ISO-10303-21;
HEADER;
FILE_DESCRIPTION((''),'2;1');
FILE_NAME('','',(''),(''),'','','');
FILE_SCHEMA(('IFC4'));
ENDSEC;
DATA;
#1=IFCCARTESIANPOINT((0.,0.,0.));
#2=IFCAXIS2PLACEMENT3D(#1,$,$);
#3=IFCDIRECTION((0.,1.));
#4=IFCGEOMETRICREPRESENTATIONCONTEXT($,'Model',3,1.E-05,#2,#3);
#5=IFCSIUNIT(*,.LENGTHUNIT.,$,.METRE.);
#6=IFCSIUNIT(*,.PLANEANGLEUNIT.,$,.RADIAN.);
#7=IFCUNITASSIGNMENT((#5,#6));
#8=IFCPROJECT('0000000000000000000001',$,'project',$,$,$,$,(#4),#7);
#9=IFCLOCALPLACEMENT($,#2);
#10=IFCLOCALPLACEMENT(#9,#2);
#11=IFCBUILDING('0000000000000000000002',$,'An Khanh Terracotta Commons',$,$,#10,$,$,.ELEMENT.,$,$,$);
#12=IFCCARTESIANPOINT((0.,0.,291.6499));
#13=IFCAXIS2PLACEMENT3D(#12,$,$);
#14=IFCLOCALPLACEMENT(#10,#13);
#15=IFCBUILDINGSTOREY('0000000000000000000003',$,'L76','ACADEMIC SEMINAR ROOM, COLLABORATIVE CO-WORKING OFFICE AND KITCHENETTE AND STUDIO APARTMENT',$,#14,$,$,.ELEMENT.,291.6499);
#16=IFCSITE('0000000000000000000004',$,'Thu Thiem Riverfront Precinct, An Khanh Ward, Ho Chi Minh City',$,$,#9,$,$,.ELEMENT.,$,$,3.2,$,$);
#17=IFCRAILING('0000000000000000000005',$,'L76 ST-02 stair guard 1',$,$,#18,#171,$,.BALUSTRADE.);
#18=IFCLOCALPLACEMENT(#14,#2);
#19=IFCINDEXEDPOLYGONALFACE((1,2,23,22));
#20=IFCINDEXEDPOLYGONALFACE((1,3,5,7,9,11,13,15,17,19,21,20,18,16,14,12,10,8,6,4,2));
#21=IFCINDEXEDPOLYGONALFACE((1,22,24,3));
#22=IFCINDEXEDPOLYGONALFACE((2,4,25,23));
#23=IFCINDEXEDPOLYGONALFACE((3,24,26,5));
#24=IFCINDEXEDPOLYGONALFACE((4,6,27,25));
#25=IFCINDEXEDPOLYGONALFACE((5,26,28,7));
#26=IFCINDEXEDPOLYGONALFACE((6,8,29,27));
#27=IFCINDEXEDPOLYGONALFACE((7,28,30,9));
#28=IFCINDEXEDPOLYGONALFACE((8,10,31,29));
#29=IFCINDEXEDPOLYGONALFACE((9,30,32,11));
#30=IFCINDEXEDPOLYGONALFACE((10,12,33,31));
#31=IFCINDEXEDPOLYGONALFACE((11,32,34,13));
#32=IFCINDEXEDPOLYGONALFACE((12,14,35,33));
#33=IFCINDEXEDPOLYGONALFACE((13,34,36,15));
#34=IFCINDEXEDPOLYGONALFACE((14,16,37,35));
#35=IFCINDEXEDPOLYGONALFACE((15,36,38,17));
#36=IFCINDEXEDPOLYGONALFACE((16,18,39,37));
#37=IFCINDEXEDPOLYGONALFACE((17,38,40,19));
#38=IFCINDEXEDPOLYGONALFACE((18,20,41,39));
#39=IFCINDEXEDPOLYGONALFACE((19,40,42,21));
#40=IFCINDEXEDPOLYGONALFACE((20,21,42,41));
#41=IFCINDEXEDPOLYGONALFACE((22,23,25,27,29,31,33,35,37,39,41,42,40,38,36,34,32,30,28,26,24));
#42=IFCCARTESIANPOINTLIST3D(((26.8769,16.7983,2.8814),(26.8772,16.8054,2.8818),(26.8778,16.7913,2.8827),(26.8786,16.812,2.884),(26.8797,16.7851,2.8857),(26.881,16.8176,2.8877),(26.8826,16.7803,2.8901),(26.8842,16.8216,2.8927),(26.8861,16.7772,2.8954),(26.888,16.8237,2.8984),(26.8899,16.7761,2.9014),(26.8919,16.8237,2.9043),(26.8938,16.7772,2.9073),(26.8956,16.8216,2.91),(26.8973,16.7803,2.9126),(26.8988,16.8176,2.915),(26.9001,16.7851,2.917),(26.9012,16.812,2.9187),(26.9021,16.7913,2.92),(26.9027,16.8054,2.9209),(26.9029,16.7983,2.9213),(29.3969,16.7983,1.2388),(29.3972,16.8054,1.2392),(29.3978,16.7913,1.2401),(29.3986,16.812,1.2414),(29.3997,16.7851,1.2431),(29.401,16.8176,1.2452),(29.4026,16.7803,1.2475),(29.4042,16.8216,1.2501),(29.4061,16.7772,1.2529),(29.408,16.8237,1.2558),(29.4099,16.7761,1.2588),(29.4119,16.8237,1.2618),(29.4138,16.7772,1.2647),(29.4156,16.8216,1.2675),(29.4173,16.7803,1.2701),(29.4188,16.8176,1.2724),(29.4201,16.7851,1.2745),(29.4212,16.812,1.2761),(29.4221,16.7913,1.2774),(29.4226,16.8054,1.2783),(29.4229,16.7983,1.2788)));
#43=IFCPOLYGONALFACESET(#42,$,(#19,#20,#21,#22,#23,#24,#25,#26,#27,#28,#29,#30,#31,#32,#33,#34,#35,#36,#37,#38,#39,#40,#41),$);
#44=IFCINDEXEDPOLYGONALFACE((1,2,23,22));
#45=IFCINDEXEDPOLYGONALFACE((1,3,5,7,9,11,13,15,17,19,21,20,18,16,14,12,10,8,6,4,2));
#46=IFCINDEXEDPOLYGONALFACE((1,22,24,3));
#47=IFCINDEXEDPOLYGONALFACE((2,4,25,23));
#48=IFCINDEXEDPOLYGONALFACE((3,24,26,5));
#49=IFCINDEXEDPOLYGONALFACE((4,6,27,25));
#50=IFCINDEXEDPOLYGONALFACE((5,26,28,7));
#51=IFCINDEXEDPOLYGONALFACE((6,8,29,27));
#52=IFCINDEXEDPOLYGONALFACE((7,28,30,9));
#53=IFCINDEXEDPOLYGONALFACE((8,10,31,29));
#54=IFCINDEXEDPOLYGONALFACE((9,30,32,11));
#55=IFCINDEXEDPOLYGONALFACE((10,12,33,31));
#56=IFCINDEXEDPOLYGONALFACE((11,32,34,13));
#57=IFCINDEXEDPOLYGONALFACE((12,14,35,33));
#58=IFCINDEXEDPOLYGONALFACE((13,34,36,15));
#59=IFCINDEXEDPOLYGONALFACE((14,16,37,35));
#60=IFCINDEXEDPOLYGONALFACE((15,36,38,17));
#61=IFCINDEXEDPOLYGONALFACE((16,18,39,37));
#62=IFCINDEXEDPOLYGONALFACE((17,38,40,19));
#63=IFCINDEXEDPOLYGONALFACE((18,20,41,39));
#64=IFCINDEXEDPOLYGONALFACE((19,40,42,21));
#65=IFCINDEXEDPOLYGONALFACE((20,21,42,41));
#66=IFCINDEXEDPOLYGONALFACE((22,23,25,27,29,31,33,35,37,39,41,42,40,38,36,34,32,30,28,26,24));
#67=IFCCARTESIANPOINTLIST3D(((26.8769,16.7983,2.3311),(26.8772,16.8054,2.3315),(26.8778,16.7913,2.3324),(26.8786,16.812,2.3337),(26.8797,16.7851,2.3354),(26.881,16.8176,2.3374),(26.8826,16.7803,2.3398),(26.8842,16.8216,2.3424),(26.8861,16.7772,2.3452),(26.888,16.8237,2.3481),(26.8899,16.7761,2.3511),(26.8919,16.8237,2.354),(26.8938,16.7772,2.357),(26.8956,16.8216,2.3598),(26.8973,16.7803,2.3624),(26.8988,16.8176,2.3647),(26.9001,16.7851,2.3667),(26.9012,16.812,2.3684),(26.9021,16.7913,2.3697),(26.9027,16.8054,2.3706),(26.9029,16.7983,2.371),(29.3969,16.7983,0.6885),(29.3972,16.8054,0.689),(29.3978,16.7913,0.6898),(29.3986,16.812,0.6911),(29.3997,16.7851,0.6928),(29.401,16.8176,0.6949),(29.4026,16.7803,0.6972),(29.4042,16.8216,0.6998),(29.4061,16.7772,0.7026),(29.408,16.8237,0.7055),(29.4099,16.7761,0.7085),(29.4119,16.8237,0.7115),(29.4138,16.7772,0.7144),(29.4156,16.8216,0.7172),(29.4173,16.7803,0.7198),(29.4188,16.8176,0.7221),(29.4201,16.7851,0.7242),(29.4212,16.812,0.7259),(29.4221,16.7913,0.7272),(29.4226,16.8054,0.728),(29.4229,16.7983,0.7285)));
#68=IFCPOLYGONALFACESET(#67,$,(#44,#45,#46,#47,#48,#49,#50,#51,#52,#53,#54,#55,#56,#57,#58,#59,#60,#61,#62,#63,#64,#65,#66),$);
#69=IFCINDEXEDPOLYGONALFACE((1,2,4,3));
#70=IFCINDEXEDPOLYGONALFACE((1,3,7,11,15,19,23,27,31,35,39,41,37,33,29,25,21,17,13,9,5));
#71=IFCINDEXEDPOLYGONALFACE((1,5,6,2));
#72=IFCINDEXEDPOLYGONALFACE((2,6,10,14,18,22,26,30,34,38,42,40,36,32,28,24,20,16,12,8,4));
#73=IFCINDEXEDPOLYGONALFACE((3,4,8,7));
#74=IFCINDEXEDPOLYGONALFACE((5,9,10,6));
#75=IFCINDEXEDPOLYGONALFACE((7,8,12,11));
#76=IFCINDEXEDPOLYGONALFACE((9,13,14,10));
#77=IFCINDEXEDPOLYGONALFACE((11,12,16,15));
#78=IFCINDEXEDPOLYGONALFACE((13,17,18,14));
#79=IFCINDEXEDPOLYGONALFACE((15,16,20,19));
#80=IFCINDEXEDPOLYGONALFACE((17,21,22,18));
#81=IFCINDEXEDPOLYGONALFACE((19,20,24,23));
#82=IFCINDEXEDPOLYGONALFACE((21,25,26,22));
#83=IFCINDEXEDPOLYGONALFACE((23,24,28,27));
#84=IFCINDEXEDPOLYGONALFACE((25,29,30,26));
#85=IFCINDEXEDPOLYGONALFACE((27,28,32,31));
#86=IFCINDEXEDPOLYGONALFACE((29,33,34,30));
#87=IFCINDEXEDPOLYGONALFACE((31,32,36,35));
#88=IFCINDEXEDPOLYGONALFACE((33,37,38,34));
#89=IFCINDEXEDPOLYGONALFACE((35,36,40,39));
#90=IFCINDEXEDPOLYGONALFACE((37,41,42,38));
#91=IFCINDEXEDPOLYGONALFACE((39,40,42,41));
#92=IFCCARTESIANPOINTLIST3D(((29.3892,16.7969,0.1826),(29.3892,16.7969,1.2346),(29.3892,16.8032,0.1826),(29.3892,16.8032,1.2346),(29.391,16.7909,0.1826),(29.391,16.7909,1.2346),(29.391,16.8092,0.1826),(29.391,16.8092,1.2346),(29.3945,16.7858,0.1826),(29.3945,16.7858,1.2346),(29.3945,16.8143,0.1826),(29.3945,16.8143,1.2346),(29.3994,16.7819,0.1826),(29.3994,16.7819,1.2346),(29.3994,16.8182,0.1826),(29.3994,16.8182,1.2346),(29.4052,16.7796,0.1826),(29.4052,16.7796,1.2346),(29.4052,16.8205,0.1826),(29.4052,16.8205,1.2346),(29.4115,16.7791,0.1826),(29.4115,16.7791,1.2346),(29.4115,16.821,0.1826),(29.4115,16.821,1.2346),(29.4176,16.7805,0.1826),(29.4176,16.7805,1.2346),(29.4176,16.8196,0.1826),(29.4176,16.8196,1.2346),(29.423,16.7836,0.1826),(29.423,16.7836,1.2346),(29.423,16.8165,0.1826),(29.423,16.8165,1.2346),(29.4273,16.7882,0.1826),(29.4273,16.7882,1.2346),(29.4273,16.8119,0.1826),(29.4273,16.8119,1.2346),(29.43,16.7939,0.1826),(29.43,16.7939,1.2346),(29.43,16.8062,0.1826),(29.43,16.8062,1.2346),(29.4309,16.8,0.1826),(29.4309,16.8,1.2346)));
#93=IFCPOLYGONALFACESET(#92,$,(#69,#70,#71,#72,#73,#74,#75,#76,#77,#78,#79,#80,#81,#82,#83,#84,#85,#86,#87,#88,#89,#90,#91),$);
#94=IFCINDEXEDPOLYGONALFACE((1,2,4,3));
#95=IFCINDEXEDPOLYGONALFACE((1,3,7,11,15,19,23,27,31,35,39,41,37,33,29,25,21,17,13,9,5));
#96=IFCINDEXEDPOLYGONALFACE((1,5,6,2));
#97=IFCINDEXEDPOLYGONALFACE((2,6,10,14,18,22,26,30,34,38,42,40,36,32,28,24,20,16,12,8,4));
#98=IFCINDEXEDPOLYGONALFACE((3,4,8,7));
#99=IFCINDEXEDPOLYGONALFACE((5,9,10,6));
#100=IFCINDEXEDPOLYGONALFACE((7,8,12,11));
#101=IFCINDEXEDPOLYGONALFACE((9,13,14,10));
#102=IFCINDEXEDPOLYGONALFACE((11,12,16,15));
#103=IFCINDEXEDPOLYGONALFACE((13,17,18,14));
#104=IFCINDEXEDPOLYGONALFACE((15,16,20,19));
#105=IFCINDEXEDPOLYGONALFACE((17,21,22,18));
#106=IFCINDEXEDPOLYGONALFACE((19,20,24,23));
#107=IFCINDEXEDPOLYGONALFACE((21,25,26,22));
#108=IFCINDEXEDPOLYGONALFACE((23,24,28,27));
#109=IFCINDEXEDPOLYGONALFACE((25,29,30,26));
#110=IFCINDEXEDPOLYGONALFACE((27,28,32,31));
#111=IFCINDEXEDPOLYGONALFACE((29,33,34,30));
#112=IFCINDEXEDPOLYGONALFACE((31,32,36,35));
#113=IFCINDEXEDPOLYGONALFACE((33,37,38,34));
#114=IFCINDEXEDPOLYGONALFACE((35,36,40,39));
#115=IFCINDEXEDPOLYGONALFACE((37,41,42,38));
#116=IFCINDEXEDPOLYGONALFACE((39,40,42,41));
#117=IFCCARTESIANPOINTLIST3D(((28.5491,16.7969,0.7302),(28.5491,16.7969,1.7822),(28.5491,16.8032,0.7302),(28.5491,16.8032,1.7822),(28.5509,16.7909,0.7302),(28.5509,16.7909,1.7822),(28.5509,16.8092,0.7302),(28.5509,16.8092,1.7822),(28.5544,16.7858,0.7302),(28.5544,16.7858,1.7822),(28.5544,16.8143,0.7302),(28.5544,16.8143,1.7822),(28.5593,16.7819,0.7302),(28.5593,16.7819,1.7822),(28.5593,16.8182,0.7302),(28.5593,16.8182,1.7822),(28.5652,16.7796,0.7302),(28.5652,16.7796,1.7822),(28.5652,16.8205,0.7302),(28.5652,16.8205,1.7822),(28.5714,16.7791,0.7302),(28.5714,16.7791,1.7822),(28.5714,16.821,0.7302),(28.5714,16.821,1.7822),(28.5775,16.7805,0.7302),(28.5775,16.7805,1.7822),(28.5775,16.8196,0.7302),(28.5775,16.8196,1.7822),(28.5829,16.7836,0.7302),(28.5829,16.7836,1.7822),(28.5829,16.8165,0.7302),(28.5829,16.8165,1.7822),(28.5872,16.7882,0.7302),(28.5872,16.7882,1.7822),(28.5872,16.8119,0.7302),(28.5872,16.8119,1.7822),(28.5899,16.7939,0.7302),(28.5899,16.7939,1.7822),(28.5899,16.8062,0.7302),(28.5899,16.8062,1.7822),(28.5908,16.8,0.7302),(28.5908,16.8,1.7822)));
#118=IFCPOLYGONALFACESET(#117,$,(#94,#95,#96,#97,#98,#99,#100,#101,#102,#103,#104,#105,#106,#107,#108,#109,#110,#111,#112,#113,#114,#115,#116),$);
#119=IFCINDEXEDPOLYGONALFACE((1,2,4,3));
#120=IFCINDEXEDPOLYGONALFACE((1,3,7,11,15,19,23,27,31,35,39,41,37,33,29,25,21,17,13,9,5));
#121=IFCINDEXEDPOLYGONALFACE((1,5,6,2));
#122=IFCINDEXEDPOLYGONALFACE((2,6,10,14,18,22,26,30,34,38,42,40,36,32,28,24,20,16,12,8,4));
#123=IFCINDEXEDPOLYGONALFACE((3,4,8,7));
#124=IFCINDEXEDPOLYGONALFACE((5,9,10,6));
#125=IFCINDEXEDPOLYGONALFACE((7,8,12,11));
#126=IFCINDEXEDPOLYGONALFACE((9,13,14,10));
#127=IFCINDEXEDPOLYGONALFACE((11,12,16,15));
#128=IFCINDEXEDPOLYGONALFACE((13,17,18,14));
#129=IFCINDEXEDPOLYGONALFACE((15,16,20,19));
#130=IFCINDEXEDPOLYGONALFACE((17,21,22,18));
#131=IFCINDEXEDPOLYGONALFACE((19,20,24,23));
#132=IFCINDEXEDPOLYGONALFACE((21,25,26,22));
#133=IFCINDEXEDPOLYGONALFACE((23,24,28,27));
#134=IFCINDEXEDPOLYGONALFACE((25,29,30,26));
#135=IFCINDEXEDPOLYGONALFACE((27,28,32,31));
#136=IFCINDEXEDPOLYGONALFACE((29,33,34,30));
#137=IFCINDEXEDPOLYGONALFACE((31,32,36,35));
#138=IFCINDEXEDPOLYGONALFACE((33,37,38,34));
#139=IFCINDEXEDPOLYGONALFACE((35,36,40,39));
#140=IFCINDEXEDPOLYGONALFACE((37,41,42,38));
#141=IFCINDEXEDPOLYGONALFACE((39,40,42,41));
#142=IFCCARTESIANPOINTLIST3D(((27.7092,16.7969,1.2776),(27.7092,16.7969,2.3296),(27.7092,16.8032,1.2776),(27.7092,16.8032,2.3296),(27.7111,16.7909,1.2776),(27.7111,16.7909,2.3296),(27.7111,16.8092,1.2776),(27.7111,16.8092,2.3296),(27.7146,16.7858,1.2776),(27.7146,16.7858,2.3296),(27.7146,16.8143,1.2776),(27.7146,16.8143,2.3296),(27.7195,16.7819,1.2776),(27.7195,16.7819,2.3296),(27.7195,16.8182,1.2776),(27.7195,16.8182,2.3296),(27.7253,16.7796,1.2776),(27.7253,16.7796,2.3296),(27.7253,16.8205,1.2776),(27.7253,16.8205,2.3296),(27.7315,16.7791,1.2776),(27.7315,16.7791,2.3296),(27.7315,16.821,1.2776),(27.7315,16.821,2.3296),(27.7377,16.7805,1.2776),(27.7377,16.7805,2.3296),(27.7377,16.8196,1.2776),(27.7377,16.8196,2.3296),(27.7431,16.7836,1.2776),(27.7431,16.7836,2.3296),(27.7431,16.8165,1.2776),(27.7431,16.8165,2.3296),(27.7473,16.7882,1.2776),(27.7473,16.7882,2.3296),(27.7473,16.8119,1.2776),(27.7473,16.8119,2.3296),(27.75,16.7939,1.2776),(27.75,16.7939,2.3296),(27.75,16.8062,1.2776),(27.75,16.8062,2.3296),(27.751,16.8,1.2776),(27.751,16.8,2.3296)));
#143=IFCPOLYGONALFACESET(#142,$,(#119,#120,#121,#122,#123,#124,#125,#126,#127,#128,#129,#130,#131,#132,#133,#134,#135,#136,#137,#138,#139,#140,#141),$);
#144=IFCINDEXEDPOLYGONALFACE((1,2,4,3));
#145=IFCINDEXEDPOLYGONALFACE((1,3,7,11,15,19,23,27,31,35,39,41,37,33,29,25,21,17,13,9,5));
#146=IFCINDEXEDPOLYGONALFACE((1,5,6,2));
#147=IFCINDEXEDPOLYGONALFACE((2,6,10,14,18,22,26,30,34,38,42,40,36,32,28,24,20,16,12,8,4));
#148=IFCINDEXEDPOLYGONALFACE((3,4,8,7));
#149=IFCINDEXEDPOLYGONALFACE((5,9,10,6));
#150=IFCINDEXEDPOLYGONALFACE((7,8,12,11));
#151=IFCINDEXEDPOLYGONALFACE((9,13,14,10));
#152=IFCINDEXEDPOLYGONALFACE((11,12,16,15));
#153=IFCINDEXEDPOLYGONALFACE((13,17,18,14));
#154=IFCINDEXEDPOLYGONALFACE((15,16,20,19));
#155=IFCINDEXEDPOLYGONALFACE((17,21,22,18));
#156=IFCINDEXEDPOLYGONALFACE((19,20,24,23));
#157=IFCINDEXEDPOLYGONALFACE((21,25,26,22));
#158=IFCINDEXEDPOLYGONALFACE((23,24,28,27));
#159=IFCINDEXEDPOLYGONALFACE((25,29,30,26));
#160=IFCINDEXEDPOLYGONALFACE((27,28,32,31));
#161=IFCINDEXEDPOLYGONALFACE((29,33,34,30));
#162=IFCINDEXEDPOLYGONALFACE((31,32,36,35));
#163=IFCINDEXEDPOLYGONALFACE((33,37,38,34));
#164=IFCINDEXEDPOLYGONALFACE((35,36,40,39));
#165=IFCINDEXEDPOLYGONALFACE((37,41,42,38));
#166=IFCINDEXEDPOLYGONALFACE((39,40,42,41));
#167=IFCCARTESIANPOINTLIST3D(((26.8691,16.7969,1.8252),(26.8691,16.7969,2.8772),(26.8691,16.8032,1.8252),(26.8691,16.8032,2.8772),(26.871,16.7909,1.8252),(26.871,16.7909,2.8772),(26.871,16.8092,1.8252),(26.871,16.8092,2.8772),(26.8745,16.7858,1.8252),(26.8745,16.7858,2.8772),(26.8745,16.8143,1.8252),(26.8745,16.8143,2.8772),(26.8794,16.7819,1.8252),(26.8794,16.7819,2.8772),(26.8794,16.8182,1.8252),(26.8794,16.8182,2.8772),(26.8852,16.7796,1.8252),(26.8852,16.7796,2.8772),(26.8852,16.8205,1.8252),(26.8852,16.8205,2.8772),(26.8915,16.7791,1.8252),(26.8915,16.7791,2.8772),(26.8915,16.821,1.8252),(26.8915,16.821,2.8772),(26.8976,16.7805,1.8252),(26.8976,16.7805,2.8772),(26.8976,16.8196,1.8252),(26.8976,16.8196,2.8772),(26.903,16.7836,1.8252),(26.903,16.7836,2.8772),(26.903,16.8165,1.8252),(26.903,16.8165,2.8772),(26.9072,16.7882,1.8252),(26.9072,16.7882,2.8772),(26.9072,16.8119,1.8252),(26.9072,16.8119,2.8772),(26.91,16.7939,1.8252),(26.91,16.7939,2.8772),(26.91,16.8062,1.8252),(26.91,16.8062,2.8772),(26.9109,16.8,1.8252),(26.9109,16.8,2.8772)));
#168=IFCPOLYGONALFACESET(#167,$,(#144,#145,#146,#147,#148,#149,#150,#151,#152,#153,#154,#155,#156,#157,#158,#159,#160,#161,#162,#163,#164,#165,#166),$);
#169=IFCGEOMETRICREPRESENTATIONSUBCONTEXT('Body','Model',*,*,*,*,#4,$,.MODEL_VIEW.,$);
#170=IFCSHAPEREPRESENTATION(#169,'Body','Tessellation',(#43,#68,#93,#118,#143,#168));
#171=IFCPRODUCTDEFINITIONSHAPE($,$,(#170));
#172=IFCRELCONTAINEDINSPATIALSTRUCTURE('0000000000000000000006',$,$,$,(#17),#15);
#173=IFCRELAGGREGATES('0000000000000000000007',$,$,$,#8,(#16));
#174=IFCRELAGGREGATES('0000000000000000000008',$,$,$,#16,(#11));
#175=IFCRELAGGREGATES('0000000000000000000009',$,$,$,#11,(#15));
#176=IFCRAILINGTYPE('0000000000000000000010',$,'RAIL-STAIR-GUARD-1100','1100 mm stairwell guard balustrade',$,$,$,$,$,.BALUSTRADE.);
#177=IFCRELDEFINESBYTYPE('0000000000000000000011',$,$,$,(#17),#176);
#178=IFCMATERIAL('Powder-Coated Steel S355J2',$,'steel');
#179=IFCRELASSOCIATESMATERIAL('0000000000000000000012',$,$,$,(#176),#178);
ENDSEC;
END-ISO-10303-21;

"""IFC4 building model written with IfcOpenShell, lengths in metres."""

from ifc_helpers import new_model, si_unit, direction, frame, origin, origin_2d, place, context, subcontext, project, spatial, circle, extrude, material, type_object, element, save


model = new_model("IFC4")

# Units and contexts
model_context = context("Model", 3, precision=1e-05, world=origin(), true_north=direction((0.0, 1.0)))
body_context = subcontext(model_context, "Body", "Model", "MODEL_VIEW")
ifc_project = project(units=[si_unit("LENGTHUNIT", "METRE"), si_unit("PLANEANGLEUNIT", "RADIAN")], contexts=[model_context])

# Site, building, storey
site_placement = place(None, origin())
site = spatial("IfcSite", under=ifc_project, at=site_placement, Name="Thu Thiem Riverfront Precinct, An Khanh Ward, Ho Chi Minh City", CompositionType="ELEMENT", RefElevation=3.2)
building_placement = place(site_placement, origin())
building = spatial("IfcBuilding", under=site, at=building_placement, Name="An Khanh Terracotta Commons", CompositionType="ELEMENT")
storey_placement = place(building_placement, frame((0.0, 0.0, 291.6499)))
storey = spatial("IfcBuildingStorey", under=building, at=storey_placement, Name="L76", Description="ACADEMIC SEMINAR ROOM, COLLABORATIVE CO-WORKING OFFICE AND KITCHENETTE AND STUDIO APARTMENT", CompositionType="ELEMENT", Elevation=291.6499)

# Railing
ifc_material_1 = material(Name="Powder-Coated Steel S355J2", Category="steel")
railing_type_1 = type_object("IfcRailingType", Name="RAIL-STAIR-GUARD-1100", Description="1100 mm stairwell guard balustrade", PredefinedType="BALUSTRADE", material=ifc_material_1)
railing_1_placement = place(storey_placement, frame((29.4099, 16.8, 0.1826)))
element("IfcRailing", 1, at=railing_1_placement, inside=storey, type_object=railing_type_1, Name="L76 ST-02 stair guard 1", PredefinedType="BALUSTRADE", context=body_context, shape_type="SweptSolid", body=[
    extrude(circle(Radius=0.0239, at=origin_2d()), frame((0.0, 0.0, 1.0762), z_axis=(-0.837749, 0.0, 0.546055), x_axis=(0.0, -1.0, 0.0)), (0.0, 0.0, 1.0), 3.0081),
    extrude(circle(Radius=0.0239, at=origin_2d()), frame((0.0, 0.0, 0.5259), z_axis=(-0.837749, 0.0, 0.546055), x_axis=(0.0, -1.0, 0.0)), (0.0, 0.0, 1.0), 3.0081),
    extrude(circle(Radius=0.021, at=origin_2d()), origin(), (0.0, 0.0, 1.0), 1.052),
    extrude(circle(Radius=0.021, at=origin_2d()), frame((-0.8401, 0.0, 0.5476)), (0.0, 0.0, 1.0), 1.052),
    extrude(circle(Radius=0.021, at=origin_2d()), frame((-1.6799, 0.0, 1.095)), (0.0, 0.0, 1.0), 1.052),
    extrude(circle(Radius=0.021, at=origin_2d()), frame((-2.52, 0.0, 1.6426)), (0.0, 0.0, 1.0), 1.052),
])

save(model, "model.ifc")
